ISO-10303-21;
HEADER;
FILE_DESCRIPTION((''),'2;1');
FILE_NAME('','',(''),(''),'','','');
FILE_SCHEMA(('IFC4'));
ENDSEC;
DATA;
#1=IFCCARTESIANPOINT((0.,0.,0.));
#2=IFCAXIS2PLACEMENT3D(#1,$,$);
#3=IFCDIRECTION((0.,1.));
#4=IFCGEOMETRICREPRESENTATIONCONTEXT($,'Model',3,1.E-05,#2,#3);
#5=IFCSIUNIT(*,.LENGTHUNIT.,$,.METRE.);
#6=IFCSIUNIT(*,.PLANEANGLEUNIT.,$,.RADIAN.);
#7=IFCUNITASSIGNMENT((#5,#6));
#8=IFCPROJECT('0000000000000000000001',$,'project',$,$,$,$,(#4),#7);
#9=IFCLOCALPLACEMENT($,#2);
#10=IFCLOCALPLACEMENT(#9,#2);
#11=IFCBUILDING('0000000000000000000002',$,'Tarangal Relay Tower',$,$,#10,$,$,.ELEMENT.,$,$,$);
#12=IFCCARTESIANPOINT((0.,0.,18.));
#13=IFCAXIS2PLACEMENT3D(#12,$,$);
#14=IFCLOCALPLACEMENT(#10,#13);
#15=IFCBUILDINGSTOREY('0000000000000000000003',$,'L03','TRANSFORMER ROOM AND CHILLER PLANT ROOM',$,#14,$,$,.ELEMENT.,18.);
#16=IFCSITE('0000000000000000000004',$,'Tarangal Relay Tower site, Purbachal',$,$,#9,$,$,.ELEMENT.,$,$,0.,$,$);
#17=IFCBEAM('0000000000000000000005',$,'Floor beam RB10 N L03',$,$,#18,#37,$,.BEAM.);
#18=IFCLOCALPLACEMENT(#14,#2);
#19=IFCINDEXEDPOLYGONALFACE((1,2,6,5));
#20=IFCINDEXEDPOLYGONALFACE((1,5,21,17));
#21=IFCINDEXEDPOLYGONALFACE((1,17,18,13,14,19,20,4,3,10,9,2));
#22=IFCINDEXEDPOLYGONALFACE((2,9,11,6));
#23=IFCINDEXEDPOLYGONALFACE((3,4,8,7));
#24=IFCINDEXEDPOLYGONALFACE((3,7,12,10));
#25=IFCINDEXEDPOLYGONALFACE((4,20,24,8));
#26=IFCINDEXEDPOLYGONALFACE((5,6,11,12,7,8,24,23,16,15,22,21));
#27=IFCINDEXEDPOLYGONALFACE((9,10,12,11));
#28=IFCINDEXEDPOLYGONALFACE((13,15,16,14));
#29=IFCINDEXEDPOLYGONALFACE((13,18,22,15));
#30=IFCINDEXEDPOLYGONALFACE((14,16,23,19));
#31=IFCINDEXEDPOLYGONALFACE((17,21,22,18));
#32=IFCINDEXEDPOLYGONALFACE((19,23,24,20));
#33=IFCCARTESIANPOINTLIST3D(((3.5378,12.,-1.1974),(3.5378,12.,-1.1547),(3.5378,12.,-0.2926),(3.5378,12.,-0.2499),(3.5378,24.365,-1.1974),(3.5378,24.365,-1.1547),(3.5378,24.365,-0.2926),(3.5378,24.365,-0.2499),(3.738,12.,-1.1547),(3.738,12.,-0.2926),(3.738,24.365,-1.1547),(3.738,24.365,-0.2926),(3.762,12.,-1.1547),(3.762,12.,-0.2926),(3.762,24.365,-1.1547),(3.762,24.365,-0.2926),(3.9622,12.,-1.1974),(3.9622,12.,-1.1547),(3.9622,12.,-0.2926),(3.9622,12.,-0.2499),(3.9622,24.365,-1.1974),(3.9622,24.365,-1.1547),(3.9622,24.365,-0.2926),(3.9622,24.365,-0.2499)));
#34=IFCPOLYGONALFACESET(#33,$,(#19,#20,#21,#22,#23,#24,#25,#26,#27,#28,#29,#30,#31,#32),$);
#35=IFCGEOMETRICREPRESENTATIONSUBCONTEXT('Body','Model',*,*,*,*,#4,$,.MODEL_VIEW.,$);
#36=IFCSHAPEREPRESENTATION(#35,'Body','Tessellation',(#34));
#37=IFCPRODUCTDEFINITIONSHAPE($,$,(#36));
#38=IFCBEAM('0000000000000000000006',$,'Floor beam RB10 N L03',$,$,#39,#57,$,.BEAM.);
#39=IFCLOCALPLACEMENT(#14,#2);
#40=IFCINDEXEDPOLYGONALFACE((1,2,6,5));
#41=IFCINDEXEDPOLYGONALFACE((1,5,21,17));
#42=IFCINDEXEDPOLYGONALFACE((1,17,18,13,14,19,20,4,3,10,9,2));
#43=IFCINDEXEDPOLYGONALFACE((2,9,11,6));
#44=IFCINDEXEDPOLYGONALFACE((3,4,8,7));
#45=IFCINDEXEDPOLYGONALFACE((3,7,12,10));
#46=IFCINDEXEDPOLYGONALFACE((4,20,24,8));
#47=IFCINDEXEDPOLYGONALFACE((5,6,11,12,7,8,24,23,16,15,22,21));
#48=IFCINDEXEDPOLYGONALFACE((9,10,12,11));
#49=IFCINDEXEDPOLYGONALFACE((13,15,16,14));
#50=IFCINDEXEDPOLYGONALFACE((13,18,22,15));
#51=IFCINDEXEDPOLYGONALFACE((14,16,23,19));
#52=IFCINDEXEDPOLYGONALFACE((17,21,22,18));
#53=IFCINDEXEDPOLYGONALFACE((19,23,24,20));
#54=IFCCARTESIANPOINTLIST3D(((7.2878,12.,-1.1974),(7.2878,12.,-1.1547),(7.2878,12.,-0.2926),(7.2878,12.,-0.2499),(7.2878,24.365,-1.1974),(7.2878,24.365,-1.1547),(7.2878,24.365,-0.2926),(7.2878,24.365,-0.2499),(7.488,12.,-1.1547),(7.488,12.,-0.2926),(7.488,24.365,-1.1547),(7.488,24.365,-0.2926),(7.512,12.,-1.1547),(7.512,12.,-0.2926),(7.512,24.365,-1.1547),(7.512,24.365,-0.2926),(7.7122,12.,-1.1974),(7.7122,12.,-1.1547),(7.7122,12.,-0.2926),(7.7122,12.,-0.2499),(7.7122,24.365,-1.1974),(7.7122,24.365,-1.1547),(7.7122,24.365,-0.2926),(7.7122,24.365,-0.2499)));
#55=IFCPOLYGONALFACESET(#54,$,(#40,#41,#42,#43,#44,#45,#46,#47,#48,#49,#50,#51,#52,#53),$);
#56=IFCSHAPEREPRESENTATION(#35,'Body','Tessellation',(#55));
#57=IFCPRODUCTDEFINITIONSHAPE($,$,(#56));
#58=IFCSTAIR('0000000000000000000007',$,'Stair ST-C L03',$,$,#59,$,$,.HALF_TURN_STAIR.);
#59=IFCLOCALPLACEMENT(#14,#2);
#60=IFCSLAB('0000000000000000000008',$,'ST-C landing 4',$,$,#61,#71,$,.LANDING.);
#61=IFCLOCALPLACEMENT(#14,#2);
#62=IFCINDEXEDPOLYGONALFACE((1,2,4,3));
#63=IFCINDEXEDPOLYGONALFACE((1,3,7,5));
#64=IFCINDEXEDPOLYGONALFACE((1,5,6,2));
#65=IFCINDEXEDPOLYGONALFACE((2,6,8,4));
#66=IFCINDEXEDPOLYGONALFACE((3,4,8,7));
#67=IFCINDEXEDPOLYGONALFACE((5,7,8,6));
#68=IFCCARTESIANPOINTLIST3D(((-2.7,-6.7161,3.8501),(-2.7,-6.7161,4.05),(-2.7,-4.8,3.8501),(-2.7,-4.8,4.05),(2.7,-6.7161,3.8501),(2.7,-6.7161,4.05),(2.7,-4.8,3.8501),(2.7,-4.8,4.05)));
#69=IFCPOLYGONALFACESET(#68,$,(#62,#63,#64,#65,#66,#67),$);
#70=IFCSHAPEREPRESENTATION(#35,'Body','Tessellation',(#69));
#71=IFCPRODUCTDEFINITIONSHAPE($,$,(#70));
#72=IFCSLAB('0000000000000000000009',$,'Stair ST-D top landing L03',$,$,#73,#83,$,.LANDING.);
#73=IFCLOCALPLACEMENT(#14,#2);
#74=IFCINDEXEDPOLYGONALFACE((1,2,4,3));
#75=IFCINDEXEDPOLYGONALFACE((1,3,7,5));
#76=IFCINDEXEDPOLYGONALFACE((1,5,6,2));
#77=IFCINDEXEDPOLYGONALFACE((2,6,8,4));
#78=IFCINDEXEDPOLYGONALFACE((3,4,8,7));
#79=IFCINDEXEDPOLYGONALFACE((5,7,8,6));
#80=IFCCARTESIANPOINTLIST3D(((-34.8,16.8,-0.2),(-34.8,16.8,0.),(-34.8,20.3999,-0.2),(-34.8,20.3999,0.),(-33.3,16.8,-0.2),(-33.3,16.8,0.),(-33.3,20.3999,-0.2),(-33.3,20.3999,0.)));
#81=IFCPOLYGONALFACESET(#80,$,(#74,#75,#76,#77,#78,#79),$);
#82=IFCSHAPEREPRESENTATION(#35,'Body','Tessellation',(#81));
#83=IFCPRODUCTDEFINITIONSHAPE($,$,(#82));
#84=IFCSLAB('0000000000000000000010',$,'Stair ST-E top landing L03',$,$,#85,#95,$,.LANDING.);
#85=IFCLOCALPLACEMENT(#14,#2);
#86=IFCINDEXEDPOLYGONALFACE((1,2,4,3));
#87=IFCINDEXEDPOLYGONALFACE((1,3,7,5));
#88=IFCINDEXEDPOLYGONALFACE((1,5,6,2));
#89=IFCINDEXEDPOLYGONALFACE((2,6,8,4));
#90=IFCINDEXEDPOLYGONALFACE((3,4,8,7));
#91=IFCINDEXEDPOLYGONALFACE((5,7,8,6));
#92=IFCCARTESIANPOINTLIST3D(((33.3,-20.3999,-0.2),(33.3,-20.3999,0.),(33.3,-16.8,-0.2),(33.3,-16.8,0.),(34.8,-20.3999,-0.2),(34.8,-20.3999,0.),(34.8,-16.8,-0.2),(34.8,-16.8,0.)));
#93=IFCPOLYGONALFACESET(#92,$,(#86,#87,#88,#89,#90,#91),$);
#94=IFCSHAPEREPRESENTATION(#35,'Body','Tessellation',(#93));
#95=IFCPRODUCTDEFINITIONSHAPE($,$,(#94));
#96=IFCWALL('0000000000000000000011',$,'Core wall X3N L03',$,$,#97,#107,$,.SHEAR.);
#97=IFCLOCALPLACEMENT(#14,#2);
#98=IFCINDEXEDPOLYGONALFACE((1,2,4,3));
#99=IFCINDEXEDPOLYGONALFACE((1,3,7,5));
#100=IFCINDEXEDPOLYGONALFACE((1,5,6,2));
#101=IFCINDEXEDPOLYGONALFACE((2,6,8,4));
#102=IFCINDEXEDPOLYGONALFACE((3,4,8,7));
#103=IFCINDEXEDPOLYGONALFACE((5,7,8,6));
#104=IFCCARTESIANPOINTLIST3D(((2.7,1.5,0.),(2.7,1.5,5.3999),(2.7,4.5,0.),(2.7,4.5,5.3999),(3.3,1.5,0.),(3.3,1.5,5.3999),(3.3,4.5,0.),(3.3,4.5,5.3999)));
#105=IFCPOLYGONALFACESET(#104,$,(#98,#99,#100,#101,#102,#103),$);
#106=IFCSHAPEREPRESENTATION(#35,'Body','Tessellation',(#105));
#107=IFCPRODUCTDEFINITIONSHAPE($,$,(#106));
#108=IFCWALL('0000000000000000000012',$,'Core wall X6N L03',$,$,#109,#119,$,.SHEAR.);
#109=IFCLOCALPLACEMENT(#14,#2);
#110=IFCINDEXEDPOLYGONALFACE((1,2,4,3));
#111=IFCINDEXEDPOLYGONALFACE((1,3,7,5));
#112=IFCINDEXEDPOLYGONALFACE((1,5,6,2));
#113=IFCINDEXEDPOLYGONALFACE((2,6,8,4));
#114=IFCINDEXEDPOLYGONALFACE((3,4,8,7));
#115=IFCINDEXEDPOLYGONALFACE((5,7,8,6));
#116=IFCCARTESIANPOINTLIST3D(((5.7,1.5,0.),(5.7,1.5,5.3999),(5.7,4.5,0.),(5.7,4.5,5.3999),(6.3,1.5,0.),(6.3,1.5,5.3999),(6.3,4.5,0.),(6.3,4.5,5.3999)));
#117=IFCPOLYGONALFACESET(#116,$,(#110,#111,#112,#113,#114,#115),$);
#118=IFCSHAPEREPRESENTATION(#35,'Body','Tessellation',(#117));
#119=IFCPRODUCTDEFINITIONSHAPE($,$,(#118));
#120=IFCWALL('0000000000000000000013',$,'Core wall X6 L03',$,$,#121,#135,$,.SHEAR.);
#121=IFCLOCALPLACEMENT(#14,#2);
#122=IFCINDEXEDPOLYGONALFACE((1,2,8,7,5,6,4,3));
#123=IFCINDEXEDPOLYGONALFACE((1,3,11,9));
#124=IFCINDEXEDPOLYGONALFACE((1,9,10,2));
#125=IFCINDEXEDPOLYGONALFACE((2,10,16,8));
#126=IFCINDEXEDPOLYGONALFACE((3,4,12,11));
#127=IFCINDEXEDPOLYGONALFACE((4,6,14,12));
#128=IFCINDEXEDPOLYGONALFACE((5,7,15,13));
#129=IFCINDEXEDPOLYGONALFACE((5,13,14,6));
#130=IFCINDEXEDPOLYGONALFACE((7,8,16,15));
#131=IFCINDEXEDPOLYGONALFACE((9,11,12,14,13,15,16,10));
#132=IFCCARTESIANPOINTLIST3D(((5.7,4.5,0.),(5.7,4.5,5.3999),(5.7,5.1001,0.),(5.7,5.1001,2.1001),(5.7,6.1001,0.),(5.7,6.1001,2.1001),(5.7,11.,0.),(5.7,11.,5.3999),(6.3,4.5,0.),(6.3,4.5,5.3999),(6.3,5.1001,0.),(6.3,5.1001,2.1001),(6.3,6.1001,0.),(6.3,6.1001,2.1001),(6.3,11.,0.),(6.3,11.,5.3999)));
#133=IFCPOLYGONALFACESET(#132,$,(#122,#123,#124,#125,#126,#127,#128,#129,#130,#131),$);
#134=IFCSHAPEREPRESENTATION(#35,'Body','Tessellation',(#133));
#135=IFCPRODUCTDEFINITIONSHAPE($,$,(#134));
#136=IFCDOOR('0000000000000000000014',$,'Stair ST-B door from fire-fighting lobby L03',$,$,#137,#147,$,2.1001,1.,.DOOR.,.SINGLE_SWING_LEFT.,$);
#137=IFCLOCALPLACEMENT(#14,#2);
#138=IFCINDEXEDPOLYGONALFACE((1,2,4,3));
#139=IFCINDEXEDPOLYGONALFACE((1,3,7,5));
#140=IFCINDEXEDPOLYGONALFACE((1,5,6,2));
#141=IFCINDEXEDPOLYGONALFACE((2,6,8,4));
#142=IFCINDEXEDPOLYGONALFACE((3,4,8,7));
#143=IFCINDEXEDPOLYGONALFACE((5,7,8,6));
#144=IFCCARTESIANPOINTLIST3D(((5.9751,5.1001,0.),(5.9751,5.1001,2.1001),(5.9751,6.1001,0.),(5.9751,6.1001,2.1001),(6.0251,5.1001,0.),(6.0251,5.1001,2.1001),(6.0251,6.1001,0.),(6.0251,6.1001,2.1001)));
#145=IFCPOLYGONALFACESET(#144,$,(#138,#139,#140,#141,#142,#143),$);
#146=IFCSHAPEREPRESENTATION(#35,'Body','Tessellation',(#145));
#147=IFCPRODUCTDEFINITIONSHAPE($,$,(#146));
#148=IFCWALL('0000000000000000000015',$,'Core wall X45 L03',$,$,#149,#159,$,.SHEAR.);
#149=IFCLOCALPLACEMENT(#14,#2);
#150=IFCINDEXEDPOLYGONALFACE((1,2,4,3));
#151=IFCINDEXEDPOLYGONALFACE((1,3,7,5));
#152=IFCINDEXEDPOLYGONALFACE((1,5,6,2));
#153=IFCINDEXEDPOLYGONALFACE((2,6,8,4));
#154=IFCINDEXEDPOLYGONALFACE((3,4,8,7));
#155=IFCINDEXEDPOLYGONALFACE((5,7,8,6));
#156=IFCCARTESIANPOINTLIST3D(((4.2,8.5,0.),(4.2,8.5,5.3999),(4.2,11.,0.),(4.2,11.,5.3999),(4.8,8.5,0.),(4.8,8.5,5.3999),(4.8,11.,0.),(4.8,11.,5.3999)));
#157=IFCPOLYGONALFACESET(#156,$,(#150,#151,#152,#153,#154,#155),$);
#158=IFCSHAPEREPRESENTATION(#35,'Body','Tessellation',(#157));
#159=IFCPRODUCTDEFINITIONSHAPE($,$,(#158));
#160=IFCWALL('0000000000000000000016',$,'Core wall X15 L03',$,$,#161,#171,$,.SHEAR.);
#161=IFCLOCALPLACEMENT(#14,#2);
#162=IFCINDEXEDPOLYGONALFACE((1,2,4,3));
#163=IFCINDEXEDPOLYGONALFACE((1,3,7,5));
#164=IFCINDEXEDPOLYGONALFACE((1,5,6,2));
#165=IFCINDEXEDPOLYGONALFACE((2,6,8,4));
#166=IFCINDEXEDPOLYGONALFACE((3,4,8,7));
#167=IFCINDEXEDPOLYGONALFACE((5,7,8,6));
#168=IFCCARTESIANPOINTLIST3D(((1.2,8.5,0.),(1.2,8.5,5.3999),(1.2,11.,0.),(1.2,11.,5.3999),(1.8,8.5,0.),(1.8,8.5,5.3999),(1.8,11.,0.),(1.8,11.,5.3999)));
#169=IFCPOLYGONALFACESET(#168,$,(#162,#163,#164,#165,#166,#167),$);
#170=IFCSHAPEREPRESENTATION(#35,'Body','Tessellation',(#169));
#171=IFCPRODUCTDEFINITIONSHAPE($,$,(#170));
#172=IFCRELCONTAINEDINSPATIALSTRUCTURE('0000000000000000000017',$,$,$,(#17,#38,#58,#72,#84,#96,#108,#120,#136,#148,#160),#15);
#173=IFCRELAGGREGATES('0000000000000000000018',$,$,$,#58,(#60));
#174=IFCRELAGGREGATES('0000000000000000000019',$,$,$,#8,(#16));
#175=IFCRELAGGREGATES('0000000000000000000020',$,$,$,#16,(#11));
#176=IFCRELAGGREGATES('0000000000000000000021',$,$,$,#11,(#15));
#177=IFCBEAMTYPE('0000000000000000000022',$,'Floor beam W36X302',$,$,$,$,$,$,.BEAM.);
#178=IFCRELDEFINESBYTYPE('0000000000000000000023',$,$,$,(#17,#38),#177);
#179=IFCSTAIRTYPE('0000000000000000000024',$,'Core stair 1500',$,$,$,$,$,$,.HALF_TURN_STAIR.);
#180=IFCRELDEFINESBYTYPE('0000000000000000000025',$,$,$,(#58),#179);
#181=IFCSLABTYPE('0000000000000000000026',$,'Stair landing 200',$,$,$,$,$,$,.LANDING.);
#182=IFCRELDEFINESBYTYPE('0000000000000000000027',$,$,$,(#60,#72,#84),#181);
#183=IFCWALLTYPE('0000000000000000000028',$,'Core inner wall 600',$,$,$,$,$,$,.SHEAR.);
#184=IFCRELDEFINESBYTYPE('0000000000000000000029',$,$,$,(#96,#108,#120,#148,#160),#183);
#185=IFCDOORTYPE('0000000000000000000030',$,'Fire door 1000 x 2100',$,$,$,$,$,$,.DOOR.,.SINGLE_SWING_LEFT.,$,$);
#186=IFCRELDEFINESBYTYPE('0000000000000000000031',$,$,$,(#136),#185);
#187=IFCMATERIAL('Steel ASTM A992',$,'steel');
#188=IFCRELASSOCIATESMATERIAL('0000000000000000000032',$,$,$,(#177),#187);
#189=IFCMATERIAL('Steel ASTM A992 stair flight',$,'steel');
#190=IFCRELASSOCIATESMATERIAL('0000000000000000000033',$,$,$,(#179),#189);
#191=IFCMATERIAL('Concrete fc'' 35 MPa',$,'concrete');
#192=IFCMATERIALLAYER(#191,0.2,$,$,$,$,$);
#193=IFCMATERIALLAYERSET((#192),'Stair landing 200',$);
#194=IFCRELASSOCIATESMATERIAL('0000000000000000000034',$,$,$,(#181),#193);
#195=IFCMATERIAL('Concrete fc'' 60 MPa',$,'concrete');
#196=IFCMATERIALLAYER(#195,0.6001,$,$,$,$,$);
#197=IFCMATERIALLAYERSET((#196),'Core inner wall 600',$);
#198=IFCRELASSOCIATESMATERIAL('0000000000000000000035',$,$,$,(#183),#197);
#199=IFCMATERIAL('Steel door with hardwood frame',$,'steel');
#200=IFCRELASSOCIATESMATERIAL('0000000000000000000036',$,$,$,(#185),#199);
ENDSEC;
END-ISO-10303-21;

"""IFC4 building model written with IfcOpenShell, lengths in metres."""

from ifc_helpers import new_model, si_unit, direction, frame, frame_2d, origin, origin_2d, place, context, subcontext, project, spatial, polyline, rectangle, i_section, outline, extrude, material, layer, layer_set, material_profile, profile_set, type_object, element, fill, aggregate, save


model = new_model("IFC4")

# Units and contexts
model_context = context("Model", 3, precision=1e-05, world=origin(), true_north=direction((0.0, 1.0)))
body_context = subcontext(model_context, "Body", "Model", "MODEL_VIEW")
ifc_project = project(units=[si_unit("LENGTHUNIT", "METRE"), si_unit("PLANEANGLEUNIT", "RADIAN")], contexts=[model_context])

# Site, building, storey
site_placement = place(None, origin())
site = spatial("IfcSite", under=ifc_project, at=site_placement, Name="Tarangal Relay Tower site, Purbachal", CompositionType="ELEMENT", RefElevation=0.0)
building_placement = place(site_placement, origin())
building = spatial("IfcBuilding", under=site, at=building_placement, Name="Tarangal Relay Tower", CompositionType="ELEMENT")
storey_placement = place(building_placement, frame((0.0, 0.0, 18.0)))
storey = spatial("IfcBuildingStorey", under=building, at=storey_placement, Name="L03", Description="TRANSFORMER ROOM AND CHILLER PLANT ROOM", CompositionType="ELEMENT", Elevation=18.0)

# Beams
ifc_material_1 = material(Name="Steel ASTM A992", Category="steel")
ifc_material_profile = material_profile(ifc_material_1, i_section(OverallWidth=0.4243, OverallDepth=0.9475, WebThickness=0.0239, FlangeThickness=0.0427, at=origin_2d()), Name="W36X302")
ifc_profile_set = profile_set([ifc_material_profile], Name="Steel ASTM A992")
beam_type = type_object("IfcBeamType", Name="Floor beam W36X302", PredefinedType="BEAM", material=ifc_profile_set)
for number, where, z_axis, x_axis, name in (
    (1, (3.75, 12.0, -0.7236), (0.0, 1.0, 0.0), (-1.0, 0.0, 0.0), "Floor beam RB10 N L03"),
    (2, (7.5, 12.0, -0.7236), (0.0, 1.0, 0.0), (-1.0, 0.0, 0.0), "Floor beam RB10 N L03"),
):
    element("IfcBeam", number, at=place(storey_placement, frame(where, z_axis=z_axis, x_axis=x_axis)), inside=storey, type_object=beam_type, Name=name, PredefinedType="BEAM", context=body_context, shape_type="SweptSolid", body=[
        extrude(i_section(OverallWidth=0.4243, OverallDepth=0.9475, WebThickness=0.0239, FlangeThickness=0.0427, at=origin_2d()), origin(), (0.0, 0.0, 1.0), 12.365),
    ])

# Stair, slab
ifc_material_2 = material(Name="Steel ASTM A992 stair flight", Category="steel")
stair_type = type_object("IfcStairType", Name="Core stair 1500", PredefinedType="HALF_TURN_STAIR", material=ifc_material_2)
stair_1_placement = place(storey_placement, origin())
stair_1 = element("IfcStair", 3, at=stair_1_placement, inside=storey, type_object=stair_type, Name="Stair ST-C L03", PredefinedType="HALF_TURN_STAIR")
ifc_material_3 = material(Name="Concrete fc' 35 MPa", Category="concrete")
ifc_layer_1 = layer(ifc_material_3, 0.2)
ifc_layer_set_1 = layer_set([ifc_layer_1], Name="Stair landing 200")
slab_type = type_object("IfcSlabType", Name="Stair landing 200", PredefinedType="LANDING", material=ifc_layer_set_1)
slab_1_placement = place(storey_placement, frame((0.0, 0.0, 3.8501)))
slab_1 = element("IfcSlab", 4, at=slab_1_placement, type_object=slab_type, Name="ST-C landing 4", PredefinedType="LANDING", context=body_context, shape_type="SweptSolid", body=[
    extrude(outline(polyline([(-2.7, -6.7161), (2.7, -6.7161), (2.7, -4.8), (-2.7, -4.8), (-2.7, -6.7161)])), origin(), (0.0, 0.0, 1.0), 0.2),
])
aggregate(stair_1, [slab_1])

# Slabs
slab_2_placement = place(storey_placement, frame((0.0, 0.0, -0.2)))
element("IfcSlab", 5, at=slab_2_placement, inside=storey, type_object=slab_type, Name="Stair ST-D top landing L03", PredefinedType="LANDING", context=body_context, shape_type="SweptSolid", body=[
    extrude(outline(polyline([(-33.3, 16.8), (-33.3, 20.3999), (-34.8, 20.3999), (-34.8, 16.8), (-33.3, 16.8)])), origin(), (0.0, 0.0, 1.0), 0.2),
])
slab_3_placement = place(storey_placement, frame((0.0, 0.0, -0.2)))
element("IfcSlab", 6, at=slab_3_placement, inside=storey, type_object=slab_type, Name="Stair ST-E top landing L03", PredefinedType="LANDING", context=body_context, shape_type="SweptSolid", body=[
    extrude(outline(polyline([(34.8, -20.3999), (34.8, -16.8), (33.3, -16.8), (33.3, -20.3999), (34.8, -20.3999)])), origin(), (0.0, 0.0, 1.0), 0.2),
])

# Walls
ifc_material_4 = material(Name="Concrete fc' 60 MPa", Category="concrete")
ifc_layer_2 = layer(ifc_material_4, 0.6001)
ifc_layer_set_2 = layer_set([ifc_layer_2], Name="Core inner wall 600")
wall_type = type_object("IfcWallType", Name="Core inner wall 600", PredefinedType="SHEAR", material=ifc_layer_set_2)
for number, where, z_axis, x_axis, name in (
    (7, (3.0, 1.5, 0.0), (0.0, 0.0, 1.0), (0.0, 1.0, 0.0), "Core wall X3N L03"),
    (8, (6.0, 1.5, 0.0), (0.0, 0.0, 1.0), (0.0, 1.0, 0.0), "Core wall X6N L03"),
):
    element("IfcWall", number, at=place(storey_placement, frame(where, z_axis=z_axis, x_axis=x_axis)), inside=storey, type_object=wall_type, Name=name, PredefinedType="SHEAR", context=body_context, shape_type="SweptSolid", body=[
        extrude(rectangle(XDim=3.0, YDim=0.6001, at=frame_2d((1.5, 0.0))), origin(), (0.0, 0.0, 1.0), 5.3999),
    ])

# Wall, opening, door
wall_placement = place(storey_placement, frame((6.0, 4.5, 0.0), z_axis=(0.0, 0.0, 1.0), x_axis=(0.0, 1.0, 0.0)))
wall = element("IfcWall", 9, at=wall_placement, inside=storey, type_object=wall_type, Name="Core wall X6 L03", PredefinedType="SHEAR", context=body_context, shape_type="SweptSolid", body=[
    extrude(rectangle(XDim=6.5, YDim=0.6001, at=frame_2d((3.25, 0.0))), origin(), (0.0, 0.0, 1.0), 5.3999),
])
opening_placement = place(wall_placement, frame((0.6001, 0.0, 0.0)))
opening = element("IfcOpeningElement", 10, at=opening_placement, cuts=wall, PredefinedType="OPENING", context=body_context, shape_type="SweptSolid", body=[
    extrude(rectangle(XDim=1.0, YDim=2.1001, at=frame_2d((0.5, 1.05))), frame((0.0, 0.3101, 0.0), z_axis=(0.0, -1.0, 0.0), x_axis=(1.0, 0.0, 0.0)), (0.0, 0.0, 1.0), 0.6201),
])
ifc_material_5 = material(Name="Steel door with hardwood frame", Category="steel")
door_type = type_object("IfcDoorType", Name="Fire door 1000 x 2100", OperationType="SINGLE_SWING_LEFT", PredefinedType="DOOR", material=ifc_material_5)
door_placement = place(opening_placement, origin())
door = element("IfcDoor", 11, at=door_placement, inside=storey, type_object=door_type, Name="Stair ST-B door from fire-fighting lobby L03", OperationType="SINGLE_SWING_LEFT", OverallHeight=2.1001, OverallWidth=1.0, PredefinedType="DOOR", context=body_context, shape_type="SweptSolid", body=[
    extrude(rectangle(XDim=1.0, YDim=2.1001, at=frame_2d((0.5, 1.05))), frame((0.0, 0.0249, 0.0), z_axis=(0.0, -1.0, 0.0), x_axis=(1.0, 0.0, 0.0)), (0.0, 0.0, 1.0), 0.05),
])
fill(opening, door)

# Walls
for number, where, z_axis, x_axis, name in (
    (12, (4.5, 8.5, 0.0), (0.0, 0.0, 1.0), (0.0, 1.0, 0.0), "Core wall X45 L03"),
    (13, (1.5, 8.5, 0.0), (0.0, 0.0, 1.0), (0.0, 1.0, 0.0), "Core wall X15 L03"),
):
    element("IfcWall", number, at=place(storey_placement, frame(where, z_axis=z_axis, x_axis=x_axis)), inside=storey, type_object=wall_type, Name=name, PredefinedType="SHEAR", context=body_context, shape_type="SweptSolid", body=[
        extrude(rectangle(XDim=2.5, YDim=0.6001, at=frame_2d((1.25, 0.0))), origin(), (0.0, 0.0, 1.0), 5.3999),
    ])

save(model, "model.ifc")
